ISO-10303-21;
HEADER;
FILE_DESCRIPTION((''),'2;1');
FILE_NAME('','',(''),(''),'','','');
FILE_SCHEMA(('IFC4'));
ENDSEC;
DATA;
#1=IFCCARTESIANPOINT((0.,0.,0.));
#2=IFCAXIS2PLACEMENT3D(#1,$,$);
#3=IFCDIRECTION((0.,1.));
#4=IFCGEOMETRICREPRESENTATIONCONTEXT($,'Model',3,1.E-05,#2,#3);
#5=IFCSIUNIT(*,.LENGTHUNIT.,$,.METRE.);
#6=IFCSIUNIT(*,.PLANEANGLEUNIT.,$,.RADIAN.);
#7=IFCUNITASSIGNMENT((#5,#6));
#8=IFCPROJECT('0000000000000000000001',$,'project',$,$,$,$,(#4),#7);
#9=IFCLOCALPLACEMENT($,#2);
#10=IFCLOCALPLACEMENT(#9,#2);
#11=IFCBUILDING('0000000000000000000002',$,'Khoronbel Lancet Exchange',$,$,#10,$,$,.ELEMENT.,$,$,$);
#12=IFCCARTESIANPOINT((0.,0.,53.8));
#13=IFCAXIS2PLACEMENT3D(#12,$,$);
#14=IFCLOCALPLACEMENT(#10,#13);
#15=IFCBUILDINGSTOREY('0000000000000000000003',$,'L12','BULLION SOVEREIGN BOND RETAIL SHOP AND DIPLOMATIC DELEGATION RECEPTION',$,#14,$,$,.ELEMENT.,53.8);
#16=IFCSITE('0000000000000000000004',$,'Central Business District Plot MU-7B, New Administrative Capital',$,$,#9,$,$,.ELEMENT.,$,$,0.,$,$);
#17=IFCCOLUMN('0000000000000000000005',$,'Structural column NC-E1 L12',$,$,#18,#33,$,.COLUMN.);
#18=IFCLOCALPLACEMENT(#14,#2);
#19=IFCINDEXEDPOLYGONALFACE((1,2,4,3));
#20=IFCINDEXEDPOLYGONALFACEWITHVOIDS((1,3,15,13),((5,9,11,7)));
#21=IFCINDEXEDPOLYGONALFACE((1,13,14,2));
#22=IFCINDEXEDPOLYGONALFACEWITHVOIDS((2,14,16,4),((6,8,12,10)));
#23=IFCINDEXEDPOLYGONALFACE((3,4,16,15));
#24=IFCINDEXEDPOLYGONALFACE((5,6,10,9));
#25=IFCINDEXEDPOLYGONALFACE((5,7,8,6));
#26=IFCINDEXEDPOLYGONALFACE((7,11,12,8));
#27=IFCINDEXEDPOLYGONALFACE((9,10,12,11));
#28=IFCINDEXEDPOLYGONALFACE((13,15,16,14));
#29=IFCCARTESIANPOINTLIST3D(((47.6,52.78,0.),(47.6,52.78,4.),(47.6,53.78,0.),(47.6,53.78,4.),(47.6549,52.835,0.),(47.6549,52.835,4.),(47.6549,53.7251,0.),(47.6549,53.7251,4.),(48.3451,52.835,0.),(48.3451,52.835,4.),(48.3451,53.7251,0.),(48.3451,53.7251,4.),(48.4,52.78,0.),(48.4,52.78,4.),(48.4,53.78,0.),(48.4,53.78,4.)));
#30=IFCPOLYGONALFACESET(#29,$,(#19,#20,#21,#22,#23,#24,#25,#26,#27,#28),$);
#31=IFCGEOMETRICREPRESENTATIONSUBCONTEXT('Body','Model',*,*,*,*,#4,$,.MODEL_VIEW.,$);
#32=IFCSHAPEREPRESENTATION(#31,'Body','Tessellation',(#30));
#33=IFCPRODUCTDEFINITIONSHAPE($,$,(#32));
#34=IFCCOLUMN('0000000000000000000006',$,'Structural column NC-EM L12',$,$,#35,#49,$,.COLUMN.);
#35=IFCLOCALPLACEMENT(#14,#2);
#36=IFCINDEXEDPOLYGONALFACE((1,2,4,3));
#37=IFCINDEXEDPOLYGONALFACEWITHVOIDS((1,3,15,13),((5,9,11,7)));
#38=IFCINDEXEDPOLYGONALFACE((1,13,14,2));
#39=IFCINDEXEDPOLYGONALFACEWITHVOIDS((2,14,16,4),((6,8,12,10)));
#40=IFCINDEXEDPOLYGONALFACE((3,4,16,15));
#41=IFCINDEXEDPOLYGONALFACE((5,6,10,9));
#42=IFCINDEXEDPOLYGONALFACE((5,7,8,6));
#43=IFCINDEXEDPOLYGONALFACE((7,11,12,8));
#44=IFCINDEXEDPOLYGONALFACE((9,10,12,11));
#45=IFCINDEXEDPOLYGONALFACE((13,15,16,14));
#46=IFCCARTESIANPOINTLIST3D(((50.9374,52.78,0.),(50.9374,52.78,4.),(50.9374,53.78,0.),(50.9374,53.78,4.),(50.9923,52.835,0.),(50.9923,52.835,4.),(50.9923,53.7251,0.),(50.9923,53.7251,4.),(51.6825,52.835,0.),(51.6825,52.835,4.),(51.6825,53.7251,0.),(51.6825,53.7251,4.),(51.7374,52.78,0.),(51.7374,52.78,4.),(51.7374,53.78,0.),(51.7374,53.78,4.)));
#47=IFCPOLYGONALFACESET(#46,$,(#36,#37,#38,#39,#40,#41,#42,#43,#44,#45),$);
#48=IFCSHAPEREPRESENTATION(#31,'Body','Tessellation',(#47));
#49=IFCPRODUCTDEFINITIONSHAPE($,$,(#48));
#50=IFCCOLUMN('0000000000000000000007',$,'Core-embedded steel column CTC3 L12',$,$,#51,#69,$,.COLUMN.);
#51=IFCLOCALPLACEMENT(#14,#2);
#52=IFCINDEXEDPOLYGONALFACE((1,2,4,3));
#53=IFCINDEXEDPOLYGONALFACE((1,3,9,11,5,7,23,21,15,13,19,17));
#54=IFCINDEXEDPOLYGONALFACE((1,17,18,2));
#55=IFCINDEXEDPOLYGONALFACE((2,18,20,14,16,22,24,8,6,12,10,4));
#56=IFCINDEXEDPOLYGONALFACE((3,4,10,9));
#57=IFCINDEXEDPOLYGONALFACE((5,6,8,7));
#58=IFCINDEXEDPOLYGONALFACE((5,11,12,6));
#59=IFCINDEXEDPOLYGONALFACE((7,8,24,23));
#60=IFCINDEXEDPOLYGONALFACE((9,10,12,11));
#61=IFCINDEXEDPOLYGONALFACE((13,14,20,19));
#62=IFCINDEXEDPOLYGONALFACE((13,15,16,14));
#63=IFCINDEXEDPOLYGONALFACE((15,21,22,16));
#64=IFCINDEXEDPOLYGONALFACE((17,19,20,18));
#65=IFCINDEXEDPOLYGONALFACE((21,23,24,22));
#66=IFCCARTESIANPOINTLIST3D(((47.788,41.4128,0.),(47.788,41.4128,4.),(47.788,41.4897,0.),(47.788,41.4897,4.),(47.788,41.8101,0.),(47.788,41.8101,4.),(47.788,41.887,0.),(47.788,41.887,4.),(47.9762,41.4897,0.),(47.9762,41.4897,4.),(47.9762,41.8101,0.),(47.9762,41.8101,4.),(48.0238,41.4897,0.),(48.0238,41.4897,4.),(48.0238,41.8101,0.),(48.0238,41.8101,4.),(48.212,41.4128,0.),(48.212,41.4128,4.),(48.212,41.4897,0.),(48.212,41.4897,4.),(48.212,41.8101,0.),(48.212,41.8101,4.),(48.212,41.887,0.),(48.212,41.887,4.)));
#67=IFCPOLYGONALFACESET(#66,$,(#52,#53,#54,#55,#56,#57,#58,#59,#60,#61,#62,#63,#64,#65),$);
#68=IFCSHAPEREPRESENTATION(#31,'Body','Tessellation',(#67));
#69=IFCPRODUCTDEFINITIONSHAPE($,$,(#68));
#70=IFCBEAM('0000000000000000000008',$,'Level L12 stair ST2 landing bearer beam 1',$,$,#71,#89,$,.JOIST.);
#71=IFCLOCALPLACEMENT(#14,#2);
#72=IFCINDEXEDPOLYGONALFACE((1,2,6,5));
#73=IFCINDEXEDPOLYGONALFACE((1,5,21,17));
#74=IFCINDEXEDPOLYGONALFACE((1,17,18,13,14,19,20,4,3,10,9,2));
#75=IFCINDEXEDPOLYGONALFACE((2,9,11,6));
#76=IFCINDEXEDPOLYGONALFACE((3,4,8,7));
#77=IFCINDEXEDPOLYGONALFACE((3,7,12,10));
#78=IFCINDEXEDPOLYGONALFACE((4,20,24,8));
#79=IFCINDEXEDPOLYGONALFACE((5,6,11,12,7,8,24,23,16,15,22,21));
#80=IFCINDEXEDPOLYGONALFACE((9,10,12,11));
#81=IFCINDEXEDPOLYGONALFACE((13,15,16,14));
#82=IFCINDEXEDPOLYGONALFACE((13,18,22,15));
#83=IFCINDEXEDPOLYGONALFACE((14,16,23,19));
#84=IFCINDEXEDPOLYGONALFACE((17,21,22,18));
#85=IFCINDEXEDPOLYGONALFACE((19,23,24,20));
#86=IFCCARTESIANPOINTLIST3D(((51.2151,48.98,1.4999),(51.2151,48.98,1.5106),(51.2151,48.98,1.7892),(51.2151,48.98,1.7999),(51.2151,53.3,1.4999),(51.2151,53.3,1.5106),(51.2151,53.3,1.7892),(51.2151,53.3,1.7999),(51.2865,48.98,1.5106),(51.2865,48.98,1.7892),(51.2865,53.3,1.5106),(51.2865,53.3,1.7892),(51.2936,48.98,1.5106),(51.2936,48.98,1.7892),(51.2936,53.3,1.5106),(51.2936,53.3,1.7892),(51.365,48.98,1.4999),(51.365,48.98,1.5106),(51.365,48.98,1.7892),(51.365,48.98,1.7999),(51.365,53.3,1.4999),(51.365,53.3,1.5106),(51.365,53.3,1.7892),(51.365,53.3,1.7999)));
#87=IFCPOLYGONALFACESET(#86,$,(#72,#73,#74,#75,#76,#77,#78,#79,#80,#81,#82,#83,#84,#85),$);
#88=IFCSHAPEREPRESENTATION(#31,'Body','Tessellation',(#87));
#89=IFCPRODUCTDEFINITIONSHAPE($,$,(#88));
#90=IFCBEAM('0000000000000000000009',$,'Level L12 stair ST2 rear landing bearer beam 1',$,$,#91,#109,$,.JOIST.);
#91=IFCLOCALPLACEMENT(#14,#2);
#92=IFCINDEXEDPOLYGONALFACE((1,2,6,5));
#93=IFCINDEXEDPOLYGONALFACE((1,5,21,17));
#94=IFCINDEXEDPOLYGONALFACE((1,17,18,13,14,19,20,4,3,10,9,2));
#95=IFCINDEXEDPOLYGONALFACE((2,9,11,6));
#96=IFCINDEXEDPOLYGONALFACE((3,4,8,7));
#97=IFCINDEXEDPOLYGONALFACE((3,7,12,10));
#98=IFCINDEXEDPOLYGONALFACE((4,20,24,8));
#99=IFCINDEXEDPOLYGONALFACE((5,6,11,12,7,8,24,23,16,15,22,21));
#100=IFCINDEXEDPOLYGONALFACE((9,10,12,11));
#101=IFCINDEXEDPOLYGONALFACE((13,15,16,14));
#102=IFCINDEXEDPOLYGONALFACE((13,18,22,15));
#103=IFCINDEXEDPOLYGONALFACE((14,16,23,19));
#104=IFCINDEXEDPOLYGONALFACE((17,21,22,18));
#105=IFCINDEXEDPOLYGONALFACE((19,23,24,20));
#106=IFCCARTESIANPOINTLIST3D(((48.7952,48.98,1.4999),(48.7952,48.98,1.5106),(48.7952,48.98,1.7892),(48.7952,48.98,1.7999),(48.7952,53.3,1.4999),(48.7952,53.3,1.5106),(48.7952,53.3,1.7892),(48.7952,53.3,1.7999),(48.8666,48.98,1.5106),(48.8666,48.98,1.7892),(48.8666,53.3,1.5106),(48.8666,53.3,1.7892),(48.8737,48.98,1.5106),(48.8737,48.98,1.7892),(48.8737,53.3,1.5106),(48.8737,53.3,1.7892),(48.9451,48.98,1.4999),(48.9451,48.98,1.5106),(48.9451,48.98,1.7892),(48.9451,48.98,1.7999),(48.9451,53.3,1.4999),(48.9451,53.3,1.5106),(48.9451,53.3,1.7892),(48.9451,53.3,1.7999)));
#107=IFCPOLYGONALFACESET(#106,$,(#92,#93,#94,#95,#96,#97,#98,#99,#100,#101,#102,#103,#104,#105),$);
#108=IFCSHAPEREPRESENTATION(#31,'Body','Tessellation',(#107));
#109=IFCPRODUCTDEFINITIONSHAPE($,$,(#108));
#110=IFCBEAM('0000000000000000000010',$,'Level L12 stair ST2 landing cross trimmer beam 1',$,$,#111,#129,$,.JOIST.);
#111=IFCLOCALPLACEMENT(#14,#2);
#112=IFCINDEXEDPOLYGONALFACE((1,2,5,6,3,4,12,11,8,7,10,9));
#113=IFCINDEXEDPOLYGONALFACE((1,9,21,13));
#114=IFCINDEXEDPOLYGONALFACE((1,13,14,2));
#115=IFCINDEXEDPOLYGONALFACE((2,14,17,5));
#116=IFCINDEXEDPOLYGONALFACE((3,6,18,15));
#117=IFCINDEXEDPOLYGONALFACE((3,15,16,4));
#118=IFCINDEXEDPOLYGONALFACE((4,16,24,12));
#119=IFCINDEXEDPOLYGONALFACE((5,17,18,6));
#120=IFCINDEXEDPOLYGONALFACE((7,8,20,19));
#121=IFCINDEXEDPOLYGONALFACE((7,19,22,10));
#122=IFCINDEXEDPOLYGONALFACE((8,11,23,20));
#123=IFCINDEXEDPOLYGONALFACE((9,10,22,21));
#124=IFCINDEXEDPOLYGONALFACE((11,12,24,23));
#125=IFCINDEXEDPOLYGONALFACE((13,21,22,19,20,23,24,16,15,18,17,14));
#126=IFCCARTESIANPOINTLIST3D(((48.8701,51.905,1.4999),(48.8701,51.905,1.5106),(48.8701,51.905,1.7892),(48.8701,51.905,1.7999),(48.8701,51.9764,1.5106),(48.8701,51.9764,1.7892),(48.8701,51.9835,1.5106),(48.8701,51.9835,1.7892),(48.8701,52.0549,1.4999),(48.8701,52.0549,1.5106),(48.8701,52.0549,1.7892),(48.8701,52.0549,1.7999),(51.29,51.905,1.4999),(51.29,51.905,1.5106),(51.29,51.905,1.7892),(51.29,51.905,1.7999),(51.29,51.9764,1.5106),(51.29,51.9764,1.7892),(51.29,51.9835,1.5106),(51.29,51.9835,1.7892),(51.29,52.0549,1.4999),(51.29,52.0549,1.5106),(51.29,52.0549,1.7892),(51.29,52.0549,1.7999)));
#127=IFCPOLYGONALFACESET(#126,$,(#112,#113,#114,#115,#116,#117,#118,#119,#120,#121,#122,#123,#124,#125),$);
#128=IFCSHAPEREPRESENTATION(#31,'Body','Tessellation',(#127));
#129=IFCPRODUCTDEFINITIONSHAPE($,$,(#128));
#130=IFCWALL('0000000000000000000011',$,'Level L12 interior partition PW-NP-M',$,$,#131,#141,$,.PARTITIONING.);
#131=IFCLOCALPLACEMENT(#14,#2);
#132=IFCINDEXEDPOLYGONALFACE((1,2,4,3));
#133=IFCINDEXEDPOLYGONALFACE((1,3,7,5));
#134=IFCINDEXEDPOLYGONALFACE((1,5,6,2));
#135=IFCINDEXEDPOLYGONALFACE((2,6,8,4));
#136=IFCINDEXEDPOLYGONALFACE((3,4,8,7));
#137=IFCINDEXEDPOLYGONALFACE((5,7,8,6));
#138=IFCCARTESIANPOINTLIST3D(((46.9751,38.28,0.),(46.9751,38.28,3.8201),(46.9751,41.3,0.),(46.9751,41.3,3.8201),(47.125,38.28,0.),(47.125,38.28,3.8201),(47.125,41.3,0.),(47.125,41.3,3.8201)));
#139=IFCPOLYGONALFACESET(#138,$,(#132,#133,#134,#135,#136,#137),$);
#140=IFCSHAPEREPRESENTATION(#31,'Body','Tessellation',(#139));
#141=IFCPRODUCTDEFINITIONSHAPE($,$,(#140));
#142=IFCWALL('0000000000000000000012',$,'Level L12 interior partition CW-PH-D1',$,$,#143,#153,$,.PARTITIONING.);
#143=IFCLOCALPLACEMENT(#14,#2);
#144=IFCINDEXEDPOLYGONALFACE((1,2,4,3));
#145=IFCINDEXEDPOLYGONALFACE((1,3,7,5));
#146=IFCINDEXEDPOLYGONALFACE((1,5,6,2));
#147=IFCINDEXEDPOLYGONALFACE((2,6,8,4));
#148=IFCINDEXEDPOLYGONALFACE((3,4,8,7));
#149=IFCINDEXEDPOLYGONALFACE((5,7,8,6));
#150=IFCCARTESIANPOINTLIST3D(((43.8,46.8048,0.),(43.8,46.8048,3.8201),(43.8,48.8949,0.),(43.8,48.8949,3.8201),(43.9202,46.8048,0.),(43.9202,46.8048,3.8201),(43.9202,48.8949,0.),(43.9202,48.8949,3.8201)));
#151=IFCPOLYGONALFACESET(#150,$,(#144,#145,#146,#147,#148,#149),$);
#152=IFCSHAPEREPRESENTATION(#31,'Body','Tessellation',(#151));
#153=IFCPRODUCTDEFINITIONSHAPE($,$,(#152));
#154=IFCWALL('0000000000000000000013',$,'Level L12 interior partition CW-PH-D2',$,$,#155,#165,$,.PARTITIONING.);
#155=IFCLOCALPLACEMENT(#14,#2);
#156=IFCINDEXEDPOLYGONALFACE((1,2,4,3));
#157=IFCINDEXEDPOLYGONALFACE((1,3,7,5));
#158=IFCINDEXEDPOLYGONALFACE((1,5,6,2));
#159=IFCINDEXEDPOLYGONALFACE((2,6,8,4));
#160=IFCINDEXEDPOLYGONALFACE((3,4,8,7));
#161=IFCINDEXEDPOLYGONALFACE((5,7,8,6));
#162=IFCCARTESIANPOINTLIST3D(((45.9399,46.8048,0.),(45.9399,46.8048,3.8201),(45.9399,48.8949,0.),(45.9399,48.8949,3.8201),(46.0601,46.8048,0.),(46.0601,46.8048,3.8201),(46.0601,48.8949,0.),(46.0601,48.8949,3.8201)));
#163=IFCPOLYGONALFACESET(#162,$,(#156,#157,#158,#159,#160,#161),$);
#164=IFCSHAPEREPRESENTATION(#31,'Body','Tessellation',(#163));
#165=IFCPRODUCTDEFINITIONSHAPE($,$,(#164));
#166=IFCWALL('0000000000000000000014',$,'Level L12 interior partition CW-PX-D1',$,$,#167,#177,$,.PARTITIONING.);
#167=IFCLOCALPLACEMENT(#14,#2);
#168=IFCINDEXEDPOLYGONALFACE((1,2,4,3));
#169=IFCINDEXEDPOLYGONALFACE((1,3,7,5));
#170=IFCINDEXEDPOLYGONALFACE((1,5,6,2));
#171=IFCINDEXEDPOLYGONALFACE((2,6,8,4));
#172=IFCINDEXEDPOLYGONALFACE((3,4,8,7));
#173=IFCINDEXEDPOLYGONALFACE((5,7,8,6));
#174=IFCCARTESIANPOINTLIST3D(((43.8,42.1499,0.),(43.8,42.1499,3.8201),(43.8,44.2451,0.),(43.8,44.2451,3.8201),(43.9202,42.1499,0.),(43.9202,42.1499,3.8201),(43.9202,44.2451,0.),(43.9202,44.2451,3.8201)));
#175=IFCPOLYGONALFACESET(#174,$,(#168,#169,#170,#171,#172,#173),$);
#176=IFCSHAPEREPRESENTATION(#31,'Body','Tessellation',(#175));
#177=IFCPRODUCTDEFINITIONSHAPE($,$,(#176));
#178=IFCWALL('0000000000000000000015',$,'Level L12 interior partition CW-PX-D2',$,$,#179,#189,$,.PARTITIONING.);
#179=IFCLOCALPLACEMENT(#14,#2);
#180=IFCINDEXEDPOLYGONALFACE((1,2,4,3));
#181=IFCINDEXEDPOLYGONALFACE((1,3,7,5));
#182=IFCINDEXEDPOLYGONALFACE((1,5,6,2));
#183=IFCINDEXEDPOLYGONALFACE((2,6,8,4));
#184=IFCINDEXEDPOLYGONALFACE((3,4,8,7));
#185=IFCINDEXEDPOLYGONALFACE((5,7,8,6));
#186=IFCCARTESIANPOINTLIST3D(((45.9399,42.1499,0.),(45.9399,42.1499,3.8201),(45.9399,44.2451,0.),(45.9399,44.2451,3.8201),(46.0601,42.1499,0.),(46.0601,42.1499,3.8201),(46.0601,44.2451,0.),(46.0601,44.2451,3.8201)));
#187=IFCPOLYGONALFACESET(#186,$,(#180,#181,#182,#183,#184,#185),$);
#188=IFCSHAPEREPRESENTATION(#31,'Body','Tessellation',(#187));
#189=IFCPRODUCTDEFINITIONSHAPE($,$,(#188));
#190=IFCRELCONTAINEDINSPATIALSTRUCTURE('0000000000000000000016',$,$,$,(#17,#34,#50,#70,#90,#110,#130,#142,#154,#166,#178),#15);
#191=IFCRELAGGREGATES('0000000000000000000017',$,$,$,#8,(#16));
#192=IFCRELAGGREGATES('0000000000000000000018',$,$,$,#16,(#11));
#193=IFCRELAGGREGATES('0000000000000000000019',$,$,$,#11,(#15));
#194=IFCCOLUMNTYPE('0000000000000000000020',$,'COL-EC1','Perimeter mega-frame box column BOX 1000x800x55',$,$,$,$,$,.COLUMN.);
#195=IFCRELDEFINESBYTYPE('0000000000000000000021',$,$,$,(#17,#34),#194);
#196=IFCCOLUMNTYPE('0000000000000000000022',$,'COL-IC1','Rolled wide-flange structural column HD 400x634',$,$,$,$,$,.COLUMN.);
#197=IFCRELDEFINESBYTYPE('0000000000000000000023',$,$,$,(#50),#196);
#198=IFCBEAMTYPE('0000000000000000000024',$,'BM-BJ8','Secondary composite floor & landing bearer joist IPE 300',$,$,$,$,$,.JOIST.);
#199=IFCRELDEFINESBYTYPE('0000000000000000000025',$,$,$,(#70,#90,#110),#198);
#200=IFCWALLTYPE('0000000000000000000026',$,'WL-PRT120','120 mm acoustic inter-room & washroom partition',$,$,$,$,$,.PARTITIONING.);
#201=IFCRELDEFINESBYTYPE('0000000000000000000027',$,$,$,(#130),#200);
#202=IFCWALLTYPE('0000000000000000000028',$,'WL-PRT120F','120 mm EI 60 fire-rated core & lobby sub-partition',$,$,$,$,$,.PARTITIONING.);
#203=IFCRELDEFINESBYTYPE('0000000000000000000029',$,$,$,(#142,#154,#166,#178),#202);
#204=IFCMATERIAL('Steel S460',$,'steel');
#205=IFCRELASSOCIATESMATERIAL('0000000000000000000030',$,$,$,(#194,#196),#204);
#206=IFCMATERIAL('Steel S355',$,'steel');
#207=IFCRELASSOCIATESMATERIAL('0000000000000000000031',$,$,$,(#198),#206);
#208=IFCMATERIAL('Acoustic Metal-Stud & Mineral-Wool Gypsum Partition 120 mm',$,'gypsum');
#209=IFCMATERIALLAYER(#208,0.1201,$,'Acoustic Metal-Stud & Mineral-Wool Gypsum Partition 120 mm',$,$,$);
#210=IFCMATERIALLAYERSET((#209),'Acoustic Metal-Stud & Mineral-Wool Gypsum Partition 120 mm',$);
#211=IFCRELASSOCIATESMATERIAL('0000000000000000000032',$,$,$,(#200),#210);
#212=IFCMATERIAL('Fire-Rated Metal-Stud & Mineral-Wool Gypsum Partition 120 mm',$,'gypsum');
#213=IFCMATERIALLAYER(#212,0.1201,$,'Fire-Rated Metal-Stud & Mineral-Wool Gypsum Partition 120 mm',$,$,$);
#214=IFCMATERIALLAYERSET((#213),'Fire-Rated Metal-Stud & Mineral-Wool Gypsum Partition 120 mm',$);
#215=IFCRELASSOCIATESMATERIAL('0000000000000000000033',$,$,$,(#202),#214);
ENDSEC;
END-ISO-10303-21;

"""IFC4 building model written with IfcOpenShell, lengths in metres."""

from ifc_helpers import new_model, si_unit, direction, frame, frame_2d, origin, origin_2d, place, context, subcontext, project, spatial, rectangle, hollow_rectangle, i_section, extrude, material, layer, layer_set, material_profile, profile_set, type_object, element, save


model = new_model("IFC4")

# Units and contexts
model_context = context("Model", 3, precision=1e-05, world=origin(), true_north=direction((0.0, 1.0)))
body_context = subcontext(model_context, "Body", "Model", "MODEL_VIEW")
ifc_project = project(units=[si_unit("LENGTHUNIT", "METRE"), si_unit("PLANEANGLEUNIT", "RADIAN")], contexts=[model_context])

# Site, building, storey
site_placement = place(None, origin())
site = spatial("IfcSite", under=ifc_project, at=site_placement, Name="Central Business District Plot MU-7B, New Administrative Capital", CompositionType="ELEMENT", RefElevation=0.0)
building_placement = place(site_placement, origin())
building = spatial("IfcBuilding", under=site, at=building_placement, Name="Khoronbel Lancet Exchange", CompositionType="ELEMENT")
storey_placement = place(building_placement, frame((0.0, 0.0, 53.8)))
storey = spatial("IfcBuildingStorey", under=building, at=storey_placement, Name="L12", Description="BULLION SOVEREIGN BOND RETAIL SHOP AND DIPLOMATIC DELEGATION RECEPTION", CompositionType="ELEMENT", Elevation=53.8)

# Columns
ifc_material_1 = material(Name="Steel S460", Category="steel")
ifc_material_profile_1 = material_profile(ifc_material_1, hollow_rectangle(XDim=0.8, YDim=1.0, WallThickness=0.0549, at=origin_2d()), Name="BOX 1000x800x55")
ifc_profile_set_1 = profile_set([ifc_material_profile_1], Name="Steel S460")
column_type_1 = type_object("IfcColumnType", Name="COL-EC1", Description="Perimeter mega-frame box column BOX 1000x800x55", PredefinedType="COLUMN", material=ifc_profile_set_1)
for number, where, z_axis, x_axis, name in (
    (1, (48.0, 53.28, 0.0), (0.0, 0.0, 1.0), (1.0, 0.0, 0.0), "Structural column NC-E1 L12"),
    (2, (51.3374, 53.28, 0.0), (0.0, 0.0, 1.0), (1.0, 0.0, 0.0), "Structural column NC-EM L12"),
):
    element("IfcColumn", number, at=place(storey_placement, frame(where, z_axis=z_axis, x_axis=x_axis)), inside=storey, type_object=column_type_1, Name=name, PredefinedType="COLUMN", context=body_context, shape_type="SweptSolid", body=[
        extrude(hollow_rectangle(XDim=0.8, YDim=1.0, WallThickness=0.0549, at=origin_2d()), origin(), (0.0, 0.0, 1.0), 4.0),
    ])
ifc_material_profile_2 = material_profile(ifc_material_1, i_section(OverallWidth=0.4241, OverallDepth=0.4741, WebThickness=0.0476, FlangeThickness=0.0769, at=origin_2d()), Name="HD 400x634")
ifc_profile_set_2 = profile_set([ifc_material_profile_2], Name="Steel S460")
column_type_2 = type_object("IfcColumnType", Name="COL-IC1", Description="Rolled wide-flange structural column HD 400x634", PredefinedType="COLUMN", material=ifc_profile_set_2)
column_placement = place(storey_placement, frame((48.0, 41.6499, 0.0), z_axis=(0.0, 0.0, 1.0), x_axis=(1.0, 0.0, 0.0)))
element("IfcColumn", 3, at=column_placement, inside=storey, type_object=column_type_2, Name="Core-embedded steel column CTC3 L12", PredefinedType="COLUMN", context=body_context, shape_type="SweptSolid", body=[
    extrude(i_section(OverallWidth=0.4241, OverallDepth=0.4741, WebThickness=0.0476, FlangeThickness=0.0769, at=origin_2d()), origin(), (0.0, 0.0, 1.0), 4.0),
])

# Beams
ifc_material_2 = material(Name="Steel S355", Category="steel")
ifc_material_profile_3 = material_profile(ifc_material_2, i_section(OverallWidth=0.1499, OverallDepth=0.3, WebThickness=0.0071, FlangeThickness=0.0107, at=origin_2d()), Name="IPE 300")
ifc_profile_set_3 = profile_set([ifc_material_profile_3], Name="Steel S355")
beam_type = type_object("IfcBeamType", Name="BM-BJ8", Description="Secondary composite floor & landing bearer joist IPE 300", PredefinedType="JOIST", material=ifc_profile_set_3)
for number, where, z_axis, x_axis, name in (
    (4, (51.29, 48.98, 1.6499), (0.0, 1.0, 0.0), (-1.0, 0.0, 0.0), "Level L12 stair ST2 landing bearer beam 1"),
    (5, (48.8701, 48.98, 1.6499), (0.0, 1.0, 0.0), (-1.0, 0.0, 0.0), "Level L12 stair ST2 rear landing bearer beam 1"),
):
    element("IfcBeam", number, at=place(storey_placement, frame(where, z_axis=z_axis, x_axis=x_axis)), inside=storey, type_object=beam_type, Name=name, PredefinedType="JOIST", context=body_context, shape_type="SweptSolid", body=[
        extrude(i_section(OverallWidth=0.1499, OverallDepth=0.3, WebThickness=0.0071, FlangeThickness=0.0107, at=origin_2d()), origin(), (0.0, 0.0, 1.0), 4.3201),
    ])
beam_placement = place(storey_placement, frame((48.8701, 51.98, 1.6499), z_axis=(1.0, 0.0, 0.0), x_axis=(0.0, 1.0, 0.0)))
element("IfcBeam", 6, at=beam_placement, inside=storey, type_object=beam_type, Name="Level L12 stair ST2 landing cross trimmer beam 1", PredefinedType="JOIST", context=body_context, shape_type="SweptSolid", body=[
    extrude(i_section(OverallWidth=0.1499, OverallDepth=0.3, WebThickness=0.0071, FlangeThickness=0.0107, at=origin_2d()), origin(), (0.0, 0.0, 1.0), 2.4199),
])

# Walls
ifc_material_3 = material(Name="Acoustic Metal-Stud & Mineral-Wool Gypsum Partition 120 mm", Category="gypsum")
ifc_layer_1 = layer(ifc_material_3, 0.1201, Name="Acoustic Metal-Stud & Mineral-Wool Gypsum Partition 120 mm")
ifc_layer_set_1 = layer_set([ifc_layer_1], Name="Acoustic Metal-Stud & Mineral-Wool Gypsum Partition 120 mm")
wall_type_1 = type_object("IfcWallType", Name="WL-PRT120", Description="120 mm acoustic inter-room & washroom partition", PredefinedType="PARTITIONING", material=ifc_layer_set_1)
wall_1_placement = place(storey_placement, frame((47.05, 38.28, 0.0), z_axis=(0.0, 0.0, 1.0), x_axis=(0.0, 1.0, 0.0)))
element("IfcWall", 7, at=wall_1_placement, inside=storey, type_object=wall_type_1, Name="Level L12 interior partition PW-NP-M", PredefinedType="PARTITIONING", context=body_context, shape_type="SweptSolid", body=[
    extrude(rectangle(XDim=3.02, YDim=0.1499, at=frame_2d((1.51, 0.0))), origin(), (0.0, 0.0, 1.0), 3.8201),
])
ifc_material_4 = material(Name="Fire-Rated Metal-Stud & Mineral-Wool Gypsum Partition 120 mm", Category="gypsum")
ifc_layer_2 = layer(ifc_material_4, 0.1201, Name="Fire-Rated Metal-Stud & Mineral-Wool Gypsum Partition 120 mm")
ifc_layer_set_2 = layer_set([ifc_layer_2], Name="Fire-Rated Metal-Stud & Mineral-Wool Gypsum Partition 120 mm")
wall_type_2 = type_object("IfcWallType", Name="WL-PRT120F", Description="120 mm EI 60 fire-rated core & lobby sub-partition", PredefinedType="PARTITIONING", material=ifc_layer_set_2)
for number, where, z_axis, x_axis, name in (
    (8, (43.8601, 46.8049, 0.0), (0.0, 0.0, 1.0), (0.0, 1.0, 0.0), "Level L12 interior partition CW-PH-D1"),
    (9, (46.0, 46.8049, 0.0), (0.0, 0.0, 1.0), (0.0, 1.0, 0.0), "Level L12 interior partition CW-PH-D2"),
):
    element("IfcWall", number, at=place(storey_placement, frame(where, z_axis=z_axis, x_axis=x_axis)), inside=storey, type_object=wall_type_2, Name=name, PredefinedType="PARTITIONING", context=body_context, shape_type="SweptSolid", body=[
        extrude(rectangle(XDim=2.0901, YDim=0.1201, at=frame_2d((1.0449, 0.0))), origin(), (0.0, 0.0, 1.0), 3.8201),
    ])
for number, where, z_axis, x_axis, name in (
    (10, (43.8601, 42.1499, 0.0), (0.0, 0.0, 1.0), (0.0, 1.0, 0.0), "Level L12 interior partition CW-PX-D1"),
    (11, (46.0, 42.1499, 0.0), (0.0, 0.0, 1.0), (0.0, 1.0, 0.0), "Level L12 interior partition CW-PX-D2"),
):
    element("IfcWall", number, at=place(storey_placement, frame(where, z_axis=z_axis, x_axis=x_axis)), inside=storey, type_object=wall_type_2, Name=name, PredefinedType="PARTITIONING", context=body_context, shape_type="SweptSolid", body=[
        extrude(rectangle(XDim=2.0952, YDim=0.1201, at=frame_2d((1.0476, 0.0))), origin(), (0.0, 0.0, 1.0), 3.8201),
    ])

save(model, "model.ifc")
